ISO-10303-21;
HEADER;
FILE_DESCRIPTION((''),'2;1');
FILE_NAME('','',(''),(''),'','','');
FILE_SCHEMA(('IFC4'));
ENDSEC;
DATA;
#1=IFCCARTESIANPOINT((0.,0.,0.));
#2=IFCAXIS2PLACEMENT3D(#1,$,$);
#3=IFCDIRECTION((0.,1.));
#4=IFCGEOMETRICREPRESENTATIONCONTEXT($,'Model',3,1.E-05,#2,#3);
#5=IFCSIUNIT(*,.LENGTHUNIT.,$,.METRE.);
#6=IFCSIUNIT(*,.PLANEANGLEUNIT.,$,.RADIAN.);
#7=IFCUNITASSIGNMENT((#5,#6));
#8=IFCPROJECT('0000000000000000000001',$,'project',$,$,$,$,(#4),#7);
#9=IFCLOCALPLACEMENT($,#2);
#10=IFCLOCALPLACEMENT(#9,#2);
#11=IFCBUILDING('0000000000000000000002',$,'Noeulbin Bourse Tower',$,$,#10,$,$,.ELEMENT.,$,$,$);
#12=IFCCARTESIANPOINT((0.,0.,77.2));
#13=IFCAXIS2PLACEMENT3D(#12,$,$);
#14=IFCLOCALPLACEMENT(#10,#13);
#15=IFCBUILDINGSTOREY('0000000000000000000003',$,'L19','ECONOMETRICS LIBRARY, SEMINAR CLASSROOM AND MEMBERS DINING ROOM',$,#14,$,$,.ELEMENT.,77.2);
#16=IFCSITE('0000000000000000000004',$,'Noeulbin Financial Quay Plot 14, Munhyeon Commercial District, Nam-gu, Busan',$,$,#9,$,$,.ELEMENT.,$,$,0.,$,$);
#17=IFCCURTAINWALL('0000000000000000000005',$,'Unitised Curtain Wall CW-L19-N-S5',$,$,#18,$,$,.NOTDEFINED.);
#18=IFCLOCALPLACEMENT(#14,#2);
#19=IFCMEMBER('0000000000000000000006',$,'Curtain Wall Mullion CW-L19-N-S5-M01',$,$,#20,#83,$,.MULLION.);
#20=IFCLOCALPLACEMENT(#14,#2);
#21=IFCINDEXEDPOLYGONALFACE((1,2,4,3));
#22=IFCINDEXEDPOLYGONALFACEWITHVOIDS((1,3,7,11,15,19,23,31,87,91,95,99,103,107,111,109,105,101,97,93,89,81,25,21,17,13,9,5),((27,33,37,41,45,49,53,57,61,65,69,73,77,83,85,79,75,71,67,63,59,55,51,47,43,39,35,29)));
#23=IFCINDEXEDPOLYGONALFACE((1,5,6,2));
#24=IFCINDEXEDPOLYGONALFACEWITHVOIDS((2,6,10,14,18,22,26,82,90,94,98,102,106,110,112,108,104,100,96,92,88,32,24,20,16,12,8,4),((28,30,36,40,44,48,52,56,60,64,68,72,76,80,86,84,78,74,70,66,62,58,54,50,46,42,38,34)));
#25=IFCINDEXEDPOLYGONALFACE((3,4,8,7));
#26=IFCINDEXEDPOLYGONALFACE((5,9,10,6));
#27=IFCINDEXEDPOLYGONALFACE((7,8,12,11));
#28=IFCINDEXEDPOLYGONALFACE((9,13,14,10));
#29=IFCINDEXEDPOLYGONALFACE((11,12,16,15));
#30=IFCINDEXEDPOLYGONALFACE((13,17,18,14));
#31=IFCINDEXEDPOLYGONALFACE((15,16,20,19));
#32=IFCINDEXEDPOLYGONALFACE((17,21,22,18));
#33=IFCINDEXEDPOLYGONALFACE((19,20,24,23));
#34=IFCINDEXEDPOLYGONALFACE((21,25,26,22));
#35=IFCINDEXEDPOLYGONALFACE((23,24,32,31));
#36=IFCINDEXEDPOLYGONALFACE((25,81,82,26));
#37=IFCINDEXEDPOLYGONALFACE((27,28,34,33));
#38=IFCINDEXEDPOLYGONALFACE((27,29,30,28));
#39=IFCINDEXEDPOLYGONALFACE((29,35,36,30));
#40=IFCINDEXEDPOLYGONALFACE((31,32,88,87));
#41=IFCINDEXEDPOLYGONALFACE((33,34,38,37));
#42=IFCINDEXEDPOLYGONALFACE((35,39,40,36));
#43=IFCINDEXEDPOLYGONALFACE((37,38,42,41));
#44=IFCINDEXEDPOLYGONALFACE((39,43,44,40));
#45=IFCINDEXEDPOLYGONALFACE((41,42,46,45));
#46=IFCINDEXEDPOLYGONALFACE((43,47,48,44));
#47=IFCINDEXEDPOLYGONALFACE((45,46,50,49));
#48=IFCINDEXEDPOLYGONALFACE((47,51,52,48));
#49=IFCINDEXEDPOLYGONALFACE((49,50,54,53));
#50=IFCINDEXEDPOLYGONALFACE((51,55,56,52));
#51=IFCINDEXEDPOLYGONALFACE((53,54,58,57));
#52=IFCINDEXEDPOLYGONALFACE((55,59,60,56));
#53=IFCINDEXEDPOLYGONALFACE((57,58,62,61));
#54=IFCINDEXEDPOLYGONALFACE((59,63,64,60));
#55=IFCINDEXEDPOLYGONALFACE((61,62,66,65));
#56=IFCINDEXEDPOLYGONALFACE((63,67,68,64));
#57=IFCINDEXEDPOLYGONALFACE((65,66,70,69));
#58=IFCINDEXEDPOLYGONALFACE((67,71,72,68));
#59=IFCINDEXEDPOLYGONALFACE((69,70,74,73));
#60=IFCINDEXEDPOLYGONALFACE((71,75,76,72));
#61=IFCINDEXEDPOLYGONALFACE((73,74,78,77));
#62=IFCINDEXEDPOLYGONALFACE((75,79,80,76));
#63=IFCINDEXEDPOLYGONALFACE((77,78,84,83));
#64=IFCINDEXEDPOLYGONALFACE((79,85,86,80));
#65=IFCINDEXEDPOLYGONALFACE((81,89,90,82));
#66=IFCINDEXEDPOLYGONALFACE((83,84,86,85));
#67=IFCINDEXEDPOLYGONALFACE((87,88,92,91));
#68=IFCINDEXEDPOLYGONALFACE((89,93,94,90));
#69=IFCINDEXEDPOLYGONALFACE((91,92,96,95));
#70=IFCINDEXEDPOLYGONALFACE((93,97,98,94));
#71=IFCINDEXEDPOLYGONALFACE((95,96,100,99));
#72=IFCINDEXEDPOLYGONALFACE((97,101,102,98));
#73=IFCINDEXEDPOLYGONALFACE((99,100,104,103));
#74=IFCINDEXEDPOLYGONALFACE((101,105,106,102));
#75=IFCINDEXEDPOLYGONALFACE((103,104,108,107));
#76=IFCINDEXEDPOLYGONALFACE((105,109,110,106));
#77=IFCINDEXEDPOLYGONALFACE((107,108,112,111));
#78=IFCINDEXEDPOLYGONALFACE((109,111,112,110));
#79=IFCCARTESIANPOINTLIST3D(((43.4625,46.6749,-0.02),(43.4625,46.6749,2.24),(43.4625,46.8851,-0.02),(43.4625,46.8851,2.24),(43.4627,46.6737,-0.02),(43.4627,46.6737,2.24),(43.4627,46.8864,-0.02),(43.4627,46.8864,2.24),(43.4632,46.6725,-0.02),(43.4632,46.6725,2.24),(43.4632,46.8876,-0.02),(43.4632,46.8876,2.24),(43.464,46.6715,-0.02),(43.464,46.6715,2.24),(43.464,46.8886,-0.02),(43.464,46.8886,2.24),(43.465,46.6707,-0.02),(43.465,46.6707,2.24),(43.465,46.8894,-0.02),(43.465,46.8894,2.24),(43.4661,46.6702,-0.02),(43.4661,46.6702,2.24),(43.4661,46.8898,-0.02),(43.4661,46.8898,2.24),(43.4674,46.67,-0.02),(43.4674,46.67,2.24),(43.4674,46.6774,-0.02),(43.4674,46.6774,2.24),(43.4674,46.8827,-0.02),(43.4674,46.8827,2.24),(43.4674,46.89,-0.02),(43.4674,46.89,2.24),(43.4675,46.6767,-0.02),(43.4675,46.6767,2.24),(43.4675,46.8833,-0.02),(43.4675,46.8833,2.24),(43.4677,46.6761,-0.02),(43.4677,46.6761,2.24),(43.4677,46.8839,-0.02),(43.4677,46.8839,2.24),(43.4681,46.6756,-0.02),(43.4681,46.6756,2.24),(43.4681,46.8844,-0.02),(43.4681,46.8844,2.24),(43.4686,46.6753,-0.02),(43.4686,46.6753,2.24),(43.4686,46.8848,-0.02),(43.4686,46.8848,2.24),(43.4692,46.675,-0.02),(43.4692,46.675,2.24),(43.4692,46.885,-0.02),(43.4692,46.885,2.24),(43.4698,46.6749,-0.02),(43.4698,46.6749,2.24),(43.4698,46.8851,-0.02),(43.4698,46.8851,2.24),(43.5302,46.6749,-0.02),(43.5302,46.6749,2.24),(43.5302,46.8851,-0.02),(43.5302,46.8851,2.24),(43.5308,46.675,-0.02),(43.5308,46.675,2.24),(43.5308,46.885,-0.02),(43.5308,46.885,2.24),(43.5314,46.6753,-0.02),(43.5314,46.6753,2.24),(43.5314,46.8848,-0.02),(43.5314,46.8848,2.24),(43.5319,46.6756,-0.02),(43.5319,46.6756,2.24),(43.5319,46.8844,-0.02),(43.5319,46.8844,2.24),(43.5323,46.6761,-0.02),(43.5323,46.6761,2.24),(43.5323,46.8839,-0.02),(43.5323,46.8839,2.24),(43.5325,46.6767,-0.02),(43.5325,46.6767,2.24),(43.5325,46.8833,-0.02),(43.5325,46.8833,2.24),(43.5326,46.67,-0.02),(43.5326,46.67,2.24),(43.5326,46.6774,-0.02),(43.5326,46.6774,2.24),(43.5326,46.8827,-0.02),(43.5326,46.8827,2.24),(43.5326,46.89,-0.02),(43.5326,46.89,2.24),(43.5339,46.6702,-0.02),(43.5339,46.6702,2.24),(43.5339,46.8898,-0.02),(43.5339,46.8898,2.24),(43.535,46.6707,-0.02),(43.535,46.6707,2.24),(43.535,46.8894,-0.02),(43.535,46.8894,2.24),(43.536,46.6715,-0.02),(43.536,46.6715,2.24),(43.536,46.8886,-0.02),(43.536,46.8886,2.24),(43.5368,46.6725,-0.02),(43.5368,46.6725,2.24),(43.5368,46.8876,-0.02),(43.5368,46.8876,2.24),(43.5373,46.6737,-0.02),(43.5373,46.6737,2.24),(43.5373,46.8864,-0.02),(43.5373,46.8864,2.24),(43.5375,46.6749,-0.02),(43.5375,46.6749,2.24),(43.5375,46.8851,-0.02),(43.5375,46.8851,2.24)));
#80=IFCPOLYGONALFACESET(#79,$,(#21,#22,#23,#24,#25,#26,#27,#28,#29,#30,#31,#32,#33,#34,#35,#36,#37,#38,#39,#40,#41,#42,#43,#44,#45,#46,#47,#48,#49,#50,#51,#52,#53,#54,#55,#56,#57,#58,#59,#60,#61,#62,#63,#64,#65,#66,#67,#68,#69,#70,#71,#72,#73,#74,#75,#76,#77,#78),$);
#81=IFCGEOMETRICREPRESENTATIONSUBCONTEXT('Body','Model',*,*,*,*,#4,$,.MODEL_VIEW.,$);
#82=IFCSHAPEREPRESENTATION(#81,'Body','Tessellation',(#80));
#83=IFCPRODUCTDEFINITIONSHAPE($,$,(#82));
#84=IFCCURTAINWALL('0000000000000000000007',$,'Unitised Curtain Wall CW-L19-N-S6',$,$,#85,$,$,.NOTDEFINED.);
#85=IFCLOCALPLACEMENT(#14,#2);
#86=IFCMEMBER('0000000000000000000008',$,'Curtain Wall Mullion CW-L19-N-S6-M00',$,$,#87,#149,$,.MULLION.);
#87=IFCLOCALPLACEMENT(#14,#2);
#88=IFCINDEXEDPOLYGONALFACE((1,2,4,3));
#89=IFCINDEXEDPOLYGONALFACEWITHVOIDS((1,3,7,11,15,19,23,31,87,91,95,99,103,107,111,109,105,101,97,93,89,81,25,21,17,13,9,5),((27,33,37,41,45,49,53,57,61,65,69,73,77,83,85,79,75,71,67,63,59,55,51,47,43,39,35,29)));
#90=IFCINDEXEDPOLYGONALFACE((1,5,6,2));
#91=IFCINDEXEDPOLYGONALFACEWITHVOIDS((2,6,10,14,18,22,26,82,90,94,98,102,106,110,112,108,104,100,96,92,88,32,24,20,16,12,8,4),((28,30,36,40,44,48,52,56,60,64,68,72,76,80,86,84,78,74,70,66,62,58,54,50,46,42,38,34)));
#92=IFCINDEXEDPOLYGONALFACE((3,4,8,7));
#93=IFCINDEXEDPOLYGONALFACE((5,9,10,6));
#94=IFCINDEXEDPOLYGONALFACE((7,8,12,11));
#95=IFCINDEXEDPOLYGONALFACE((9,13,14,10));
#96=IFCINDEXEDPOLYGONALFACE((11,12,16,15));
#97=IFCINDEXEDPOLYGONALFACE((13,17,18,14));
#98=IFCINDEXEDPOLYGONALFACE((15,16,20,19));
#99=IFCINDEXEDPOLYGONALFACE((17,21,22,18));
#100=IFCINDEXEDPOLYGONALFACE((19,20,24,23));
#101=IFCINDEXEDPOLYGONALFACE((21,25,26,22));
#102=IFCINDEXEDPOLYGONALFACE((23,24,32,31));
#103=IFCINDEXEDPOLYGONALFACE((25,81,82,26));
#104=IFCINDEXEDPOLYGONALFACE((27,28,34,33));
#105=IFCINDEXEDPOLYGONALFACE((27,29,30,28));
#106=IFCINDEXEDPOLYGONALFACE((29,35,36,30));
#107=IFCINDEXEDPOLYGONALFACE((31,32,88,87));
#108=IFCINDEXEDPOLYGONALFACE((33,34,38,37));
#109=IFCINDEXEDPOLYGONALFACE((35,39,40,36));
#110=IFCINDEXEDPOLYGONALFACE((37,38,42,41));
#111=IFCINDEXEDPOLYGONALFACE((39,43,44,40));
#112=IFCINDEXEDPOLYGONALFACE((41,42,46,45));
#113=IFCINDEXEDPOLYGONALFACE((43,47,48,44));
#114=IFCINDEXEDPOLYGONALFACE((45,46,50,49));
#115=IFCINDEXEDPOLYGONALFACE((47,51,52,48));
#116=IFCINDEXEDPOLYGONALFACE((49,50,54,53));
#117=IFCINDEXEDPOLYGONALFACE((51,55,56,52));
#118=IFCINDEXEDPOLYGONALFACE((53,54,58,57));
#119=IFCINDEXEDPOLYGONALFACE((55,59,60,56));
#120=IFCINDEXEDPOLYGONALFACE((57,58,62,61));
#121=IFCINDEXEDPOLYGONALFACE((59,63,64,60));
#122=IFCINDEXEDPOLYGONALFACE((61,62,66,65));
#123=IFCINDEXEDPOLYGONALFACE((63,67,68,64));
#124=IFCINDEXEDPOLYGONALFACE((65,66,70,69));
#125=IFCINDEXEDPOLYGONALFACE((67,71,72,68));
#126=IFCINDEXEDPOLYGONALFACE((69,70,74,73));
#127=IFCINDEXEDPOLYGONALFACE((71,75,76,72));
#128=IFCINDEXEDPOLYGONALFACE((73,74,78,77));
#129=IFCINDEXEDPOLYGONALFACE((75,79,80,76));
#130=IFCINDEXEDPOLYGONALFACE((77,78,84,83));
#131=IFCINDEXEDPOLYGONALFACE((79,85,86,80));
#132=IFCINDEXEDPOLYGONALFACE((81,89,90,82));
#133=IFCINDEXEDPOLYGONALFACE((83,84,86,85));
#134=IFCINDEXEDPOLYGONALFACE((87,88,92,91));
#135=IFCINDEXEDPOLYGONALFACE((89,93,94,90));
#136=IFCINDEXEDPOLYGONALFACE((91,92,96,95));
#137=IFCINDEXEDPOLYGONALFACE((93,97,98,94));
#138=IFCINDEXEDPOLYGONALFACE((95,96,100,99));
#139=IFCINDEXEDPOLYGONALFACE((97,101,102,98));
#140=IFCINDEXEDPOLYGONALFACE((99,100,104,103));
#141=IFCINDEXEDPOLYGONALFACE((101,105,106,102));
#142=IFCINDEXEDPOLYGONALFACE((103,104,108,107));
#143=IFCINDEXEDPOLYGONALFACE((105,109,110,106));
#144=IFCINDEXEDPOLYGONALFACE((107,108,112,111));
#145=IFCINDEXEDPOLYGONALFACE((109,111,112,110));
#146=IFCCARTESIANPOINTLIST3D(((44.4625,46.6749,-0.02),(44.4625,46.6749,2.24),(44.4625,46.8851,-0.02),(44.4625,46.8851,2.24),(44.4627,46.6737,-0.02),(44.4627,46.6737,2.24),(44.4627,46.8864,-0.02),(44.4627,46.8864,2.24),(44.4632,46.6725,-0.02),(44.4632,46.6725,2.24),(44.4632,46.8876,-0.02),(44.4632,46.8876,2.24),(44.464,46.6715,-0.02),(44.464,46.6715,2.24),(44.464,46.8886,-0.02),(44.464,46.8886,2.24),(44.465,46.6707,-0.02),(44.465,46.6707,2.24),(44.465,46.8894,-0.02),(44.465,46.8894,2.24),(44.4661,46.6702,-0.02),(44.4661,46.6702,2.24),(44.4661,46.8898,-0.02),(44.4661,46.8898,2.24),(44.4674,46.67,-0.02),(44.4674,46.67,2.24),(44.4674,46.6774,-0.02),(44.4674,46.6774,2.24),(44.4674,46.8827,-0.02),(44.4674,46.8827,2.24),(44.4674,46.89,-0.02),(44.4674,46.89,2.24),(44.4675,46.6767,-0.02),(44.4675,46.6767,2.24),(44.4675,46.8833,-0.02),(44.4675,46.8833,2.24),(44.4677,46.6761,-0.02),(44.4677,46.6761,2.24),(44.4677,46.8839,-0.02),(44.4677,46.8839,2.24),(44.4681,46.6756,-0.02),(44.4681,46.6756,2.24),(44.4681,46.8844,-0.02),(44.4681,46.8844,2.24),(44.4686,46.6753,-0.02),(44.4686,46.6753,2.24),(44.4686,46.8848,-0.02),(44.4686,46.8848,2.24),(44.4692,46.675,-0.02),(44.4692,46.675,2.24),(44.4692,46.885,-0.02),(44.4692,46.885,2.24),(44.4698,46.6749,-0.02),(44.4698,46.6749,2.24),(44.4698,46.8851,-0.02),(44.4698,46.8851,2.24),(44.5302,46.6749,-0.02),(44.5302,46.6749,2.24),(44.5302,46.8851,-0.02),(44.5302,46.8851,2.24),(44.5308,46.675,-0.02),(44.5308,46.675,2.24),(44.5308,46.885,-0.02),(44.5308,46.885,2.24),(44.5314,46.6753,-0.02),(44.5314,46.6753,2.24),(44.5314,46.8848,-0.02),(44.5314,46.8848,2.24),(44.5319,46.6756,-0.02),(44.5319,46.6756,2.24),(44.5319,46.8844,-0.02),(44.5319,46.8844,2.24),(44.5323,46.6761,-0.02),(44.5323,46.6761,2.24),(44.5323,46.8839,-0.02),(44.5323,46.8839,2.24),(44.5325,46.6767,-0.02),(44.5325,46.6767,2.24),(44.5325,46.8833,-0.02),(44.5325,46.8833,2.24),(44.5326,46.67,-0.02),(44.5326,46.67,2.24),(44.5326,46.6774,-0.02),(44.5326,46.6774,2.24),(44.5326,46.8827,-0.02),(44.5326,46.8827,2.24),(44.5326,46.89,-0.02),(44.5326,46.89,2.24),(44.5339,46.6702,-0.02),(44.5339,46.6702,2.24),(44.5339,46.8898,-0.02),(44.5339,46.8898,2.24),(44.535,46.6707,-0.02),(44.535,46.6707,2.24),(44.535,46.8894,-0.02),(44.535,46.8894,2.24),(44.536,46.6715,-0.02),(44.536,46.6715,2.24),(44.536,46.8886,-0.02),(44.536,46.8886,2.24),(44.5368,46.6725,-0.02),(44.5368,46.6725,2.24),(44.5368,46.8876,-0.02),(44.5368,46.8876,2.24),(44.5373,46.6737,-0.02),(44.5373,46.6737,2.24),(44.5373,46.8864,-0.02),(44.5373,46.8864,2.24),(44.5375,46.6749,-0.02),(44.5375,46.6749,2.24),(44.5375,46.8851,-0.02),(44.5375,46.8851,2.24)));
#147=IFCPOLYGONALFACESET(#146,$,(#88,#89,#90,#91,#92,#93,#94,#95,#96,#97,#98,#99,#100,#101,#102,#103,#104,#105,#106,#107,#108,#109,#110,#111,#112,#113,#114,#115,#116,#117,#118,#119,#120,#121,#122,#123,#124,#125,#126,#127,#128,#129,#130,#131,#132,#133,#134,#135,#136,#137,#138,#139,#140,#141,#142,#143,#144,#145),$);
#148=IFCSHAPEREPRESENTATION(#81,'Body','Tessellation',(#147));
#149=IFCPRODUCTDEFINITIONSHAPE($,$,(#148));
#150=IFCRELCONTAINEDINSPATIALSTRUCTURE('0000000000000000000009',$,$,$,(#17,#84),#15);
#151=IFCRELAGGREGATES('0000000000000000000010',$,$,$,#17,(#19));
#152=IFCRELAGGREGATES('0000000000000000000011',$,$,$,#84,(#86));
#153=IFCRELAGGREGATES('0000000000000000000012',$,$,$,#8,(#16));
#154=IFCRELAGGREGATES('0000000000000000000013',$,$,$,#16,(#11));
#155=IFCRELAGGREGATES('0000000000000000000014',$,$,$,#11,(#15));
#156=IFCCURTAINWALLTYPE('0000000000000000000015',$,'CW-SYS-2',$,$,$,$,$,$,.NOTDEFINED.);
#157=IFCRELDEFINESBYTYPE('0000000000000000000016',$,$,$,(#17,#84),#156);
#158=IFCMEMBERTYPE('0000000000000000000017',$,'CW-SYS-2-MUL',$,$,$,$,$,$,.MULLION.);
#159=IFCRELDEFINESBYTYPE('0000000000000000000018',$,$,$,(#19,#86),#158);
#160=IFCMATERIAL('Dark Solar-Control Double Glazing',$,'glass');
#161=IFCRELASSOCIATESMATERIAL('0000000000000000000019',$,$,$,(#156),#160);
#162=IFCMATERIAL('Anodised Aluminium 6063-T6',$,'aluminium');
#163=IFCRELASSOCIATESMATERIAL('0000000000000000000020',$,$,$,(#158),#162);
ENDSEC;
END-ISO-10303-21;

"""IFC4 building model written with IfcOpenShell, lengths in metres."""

from ifc_helpers import new_model, si_unit, direction, frame, origin, origin_2d, place, context, subcontext, project, spatial, hollow_rectangle, extrude, material, material_profile, profile_set, type_object, element, aggregate, save


model = new_model("IFC4")

# Units and contexts
model_context = context("Model", 3, precision=1e-05, world=origin(), true_north=direction((0.0, 1.0)))
body_context = subcontext(model_context, "Body", "Model", "MODEL_VIEW")
ifc_project = project(units=[si_unit("LENGTHUNIT", "METRE"), si_unit("PLANEANGLEUNIT", "RADIAN")], contexts=[model_context])

# Site, building, storey
site_placement = place(None, origin())
site = spatial("IfcSite", under=ifc_project, at=site_placement, Name="Noeulbin Financial Quay Plot 14, Munhyeon Commercial District, Nam-gu, Busan", CompositionType="ELEMENT", RefElevation=0.0)
building_placement = place(site_placement, origin())
building = spatial("IfcBuilding", under=site, at=building_placement, Name="Noeulbin Bourse Tower", CompositionType="ELEMENT")
storey_placement = place(building_placement, frame((0.0, 0.0, 77.2)))
storey = spatial("IfcBuildingStorey", under=building, at=storey_placement, Name="L19", Description="ECONOMETRICS LIBRARY, SEMINAR CLASSROOM AND MEMBERS DINING ROOM", CompositionType="ELEMENT", Elevation=77.2)

# Curtain wall, member
ifc_material_1 = material(Name="Dark Solar-Control Double Glazing", Category="glass")
curtain_wall_type = type_object("IfcCurtainWallType", Name="CW-SYS-2", PredefinedType="NOTDEFINED", material=ifc_material_1)
curtain_wall_1_placement = place(storey_placement, origin())
curtain_wall_1 = element("IfcCurtainWall", 1, at=curtain_wall_1_placement, inside=storey, type_object=curtain_wall_type, Name="Unitised Curtain Wall CW-L19-N-S5", PredefinedType="NOTDEFINED")
ifc_material_2 = material(Name="Anodised Aluminium 6063-T6", Category="aluminium")
ifc_material_profile_1 = material_profile(ifc_material_2, hollow_rectangle(XDim=0.075, YDim=0.22, WallThickness=0.0049, InnerFilletRadius=0.0024, OuterFilletRadius=0.0049, at=origin_2d()), Name="ALU-MULL-75x220x5", Category="LoadBearing")
ifc_profile_set_1 = profile_set([ifc_material_profile_1], Name="Anodised Aluminium 6063-T6")
member_type_1 = type_object("IfcMemberType", Name="CW-SYS-2-MUL", PredefinedType="MULLION", material=ifc_profile_set_1)
member_1_placement = place(storey_placement, frame((43.5, 46.78, -0.02), z_axis=(0.0, 0.0, 1.0), x_axis=(1.0, 0.0, 0.0)))
member_1 = element("IfcMember", 2, at=member_1_placement, type_object=member_type_1, Name="Curtain Wall Mullion CW-L19-N-S5-M01", PredefinedType="MULLION", context=body_context, shape_type="SweptSolid", body=[
    extrude(hollow_rectangle(XDim=0.075, YDim=0.22, WallThickness=0.0049, InnerFilletRadius=0.0024, OuterFilletRadius=0.0049, at=origin_2d()), origin(), (0.0, 0.0, 1.0), 2.26),
])

# Curtain wall, member
curtain_wall_2_placement = place(storey_placement, origin())
curtain_wall_2 = element("IfcCurtainWall", 3, at=curtain_wall_2_placement, inside=storey, type_object=curtain_wall_type, Name="Unitised Curtain Wall CW-L19-N-S6", PredefinedType="NOTDEFINED")
member_2_placement = place(storey_placement, frame((44.5, 46.78, -0.02), z_axis=(0.0, 0.0, 1.0), x_axis=(1.0, 0.0, 0.0)))
member_2 = element("IfcMember", 4, at=member_2_placement, type_object=member_type_1, Name="Curtain Wall Mullion CW-L19-N-S6-M00", PredefinedType="MULLION", context=body_context, shape_type="SweptSolid", body=[
    extrude(hollow_rectangle(XDim=0.075, YDim=0.22, WallThickness=0.0049, InnerFilletRadius=0.0024, OuterFilletRadius=0.0049, at=origin_2d()), origin(), (0.0, 0.0, 1.0), 2.26),
])

aggregate(curtain_wall_1, [member_1])
aggregate(curtain_wall_2, [member_2])

save(model, "model.ifc")
